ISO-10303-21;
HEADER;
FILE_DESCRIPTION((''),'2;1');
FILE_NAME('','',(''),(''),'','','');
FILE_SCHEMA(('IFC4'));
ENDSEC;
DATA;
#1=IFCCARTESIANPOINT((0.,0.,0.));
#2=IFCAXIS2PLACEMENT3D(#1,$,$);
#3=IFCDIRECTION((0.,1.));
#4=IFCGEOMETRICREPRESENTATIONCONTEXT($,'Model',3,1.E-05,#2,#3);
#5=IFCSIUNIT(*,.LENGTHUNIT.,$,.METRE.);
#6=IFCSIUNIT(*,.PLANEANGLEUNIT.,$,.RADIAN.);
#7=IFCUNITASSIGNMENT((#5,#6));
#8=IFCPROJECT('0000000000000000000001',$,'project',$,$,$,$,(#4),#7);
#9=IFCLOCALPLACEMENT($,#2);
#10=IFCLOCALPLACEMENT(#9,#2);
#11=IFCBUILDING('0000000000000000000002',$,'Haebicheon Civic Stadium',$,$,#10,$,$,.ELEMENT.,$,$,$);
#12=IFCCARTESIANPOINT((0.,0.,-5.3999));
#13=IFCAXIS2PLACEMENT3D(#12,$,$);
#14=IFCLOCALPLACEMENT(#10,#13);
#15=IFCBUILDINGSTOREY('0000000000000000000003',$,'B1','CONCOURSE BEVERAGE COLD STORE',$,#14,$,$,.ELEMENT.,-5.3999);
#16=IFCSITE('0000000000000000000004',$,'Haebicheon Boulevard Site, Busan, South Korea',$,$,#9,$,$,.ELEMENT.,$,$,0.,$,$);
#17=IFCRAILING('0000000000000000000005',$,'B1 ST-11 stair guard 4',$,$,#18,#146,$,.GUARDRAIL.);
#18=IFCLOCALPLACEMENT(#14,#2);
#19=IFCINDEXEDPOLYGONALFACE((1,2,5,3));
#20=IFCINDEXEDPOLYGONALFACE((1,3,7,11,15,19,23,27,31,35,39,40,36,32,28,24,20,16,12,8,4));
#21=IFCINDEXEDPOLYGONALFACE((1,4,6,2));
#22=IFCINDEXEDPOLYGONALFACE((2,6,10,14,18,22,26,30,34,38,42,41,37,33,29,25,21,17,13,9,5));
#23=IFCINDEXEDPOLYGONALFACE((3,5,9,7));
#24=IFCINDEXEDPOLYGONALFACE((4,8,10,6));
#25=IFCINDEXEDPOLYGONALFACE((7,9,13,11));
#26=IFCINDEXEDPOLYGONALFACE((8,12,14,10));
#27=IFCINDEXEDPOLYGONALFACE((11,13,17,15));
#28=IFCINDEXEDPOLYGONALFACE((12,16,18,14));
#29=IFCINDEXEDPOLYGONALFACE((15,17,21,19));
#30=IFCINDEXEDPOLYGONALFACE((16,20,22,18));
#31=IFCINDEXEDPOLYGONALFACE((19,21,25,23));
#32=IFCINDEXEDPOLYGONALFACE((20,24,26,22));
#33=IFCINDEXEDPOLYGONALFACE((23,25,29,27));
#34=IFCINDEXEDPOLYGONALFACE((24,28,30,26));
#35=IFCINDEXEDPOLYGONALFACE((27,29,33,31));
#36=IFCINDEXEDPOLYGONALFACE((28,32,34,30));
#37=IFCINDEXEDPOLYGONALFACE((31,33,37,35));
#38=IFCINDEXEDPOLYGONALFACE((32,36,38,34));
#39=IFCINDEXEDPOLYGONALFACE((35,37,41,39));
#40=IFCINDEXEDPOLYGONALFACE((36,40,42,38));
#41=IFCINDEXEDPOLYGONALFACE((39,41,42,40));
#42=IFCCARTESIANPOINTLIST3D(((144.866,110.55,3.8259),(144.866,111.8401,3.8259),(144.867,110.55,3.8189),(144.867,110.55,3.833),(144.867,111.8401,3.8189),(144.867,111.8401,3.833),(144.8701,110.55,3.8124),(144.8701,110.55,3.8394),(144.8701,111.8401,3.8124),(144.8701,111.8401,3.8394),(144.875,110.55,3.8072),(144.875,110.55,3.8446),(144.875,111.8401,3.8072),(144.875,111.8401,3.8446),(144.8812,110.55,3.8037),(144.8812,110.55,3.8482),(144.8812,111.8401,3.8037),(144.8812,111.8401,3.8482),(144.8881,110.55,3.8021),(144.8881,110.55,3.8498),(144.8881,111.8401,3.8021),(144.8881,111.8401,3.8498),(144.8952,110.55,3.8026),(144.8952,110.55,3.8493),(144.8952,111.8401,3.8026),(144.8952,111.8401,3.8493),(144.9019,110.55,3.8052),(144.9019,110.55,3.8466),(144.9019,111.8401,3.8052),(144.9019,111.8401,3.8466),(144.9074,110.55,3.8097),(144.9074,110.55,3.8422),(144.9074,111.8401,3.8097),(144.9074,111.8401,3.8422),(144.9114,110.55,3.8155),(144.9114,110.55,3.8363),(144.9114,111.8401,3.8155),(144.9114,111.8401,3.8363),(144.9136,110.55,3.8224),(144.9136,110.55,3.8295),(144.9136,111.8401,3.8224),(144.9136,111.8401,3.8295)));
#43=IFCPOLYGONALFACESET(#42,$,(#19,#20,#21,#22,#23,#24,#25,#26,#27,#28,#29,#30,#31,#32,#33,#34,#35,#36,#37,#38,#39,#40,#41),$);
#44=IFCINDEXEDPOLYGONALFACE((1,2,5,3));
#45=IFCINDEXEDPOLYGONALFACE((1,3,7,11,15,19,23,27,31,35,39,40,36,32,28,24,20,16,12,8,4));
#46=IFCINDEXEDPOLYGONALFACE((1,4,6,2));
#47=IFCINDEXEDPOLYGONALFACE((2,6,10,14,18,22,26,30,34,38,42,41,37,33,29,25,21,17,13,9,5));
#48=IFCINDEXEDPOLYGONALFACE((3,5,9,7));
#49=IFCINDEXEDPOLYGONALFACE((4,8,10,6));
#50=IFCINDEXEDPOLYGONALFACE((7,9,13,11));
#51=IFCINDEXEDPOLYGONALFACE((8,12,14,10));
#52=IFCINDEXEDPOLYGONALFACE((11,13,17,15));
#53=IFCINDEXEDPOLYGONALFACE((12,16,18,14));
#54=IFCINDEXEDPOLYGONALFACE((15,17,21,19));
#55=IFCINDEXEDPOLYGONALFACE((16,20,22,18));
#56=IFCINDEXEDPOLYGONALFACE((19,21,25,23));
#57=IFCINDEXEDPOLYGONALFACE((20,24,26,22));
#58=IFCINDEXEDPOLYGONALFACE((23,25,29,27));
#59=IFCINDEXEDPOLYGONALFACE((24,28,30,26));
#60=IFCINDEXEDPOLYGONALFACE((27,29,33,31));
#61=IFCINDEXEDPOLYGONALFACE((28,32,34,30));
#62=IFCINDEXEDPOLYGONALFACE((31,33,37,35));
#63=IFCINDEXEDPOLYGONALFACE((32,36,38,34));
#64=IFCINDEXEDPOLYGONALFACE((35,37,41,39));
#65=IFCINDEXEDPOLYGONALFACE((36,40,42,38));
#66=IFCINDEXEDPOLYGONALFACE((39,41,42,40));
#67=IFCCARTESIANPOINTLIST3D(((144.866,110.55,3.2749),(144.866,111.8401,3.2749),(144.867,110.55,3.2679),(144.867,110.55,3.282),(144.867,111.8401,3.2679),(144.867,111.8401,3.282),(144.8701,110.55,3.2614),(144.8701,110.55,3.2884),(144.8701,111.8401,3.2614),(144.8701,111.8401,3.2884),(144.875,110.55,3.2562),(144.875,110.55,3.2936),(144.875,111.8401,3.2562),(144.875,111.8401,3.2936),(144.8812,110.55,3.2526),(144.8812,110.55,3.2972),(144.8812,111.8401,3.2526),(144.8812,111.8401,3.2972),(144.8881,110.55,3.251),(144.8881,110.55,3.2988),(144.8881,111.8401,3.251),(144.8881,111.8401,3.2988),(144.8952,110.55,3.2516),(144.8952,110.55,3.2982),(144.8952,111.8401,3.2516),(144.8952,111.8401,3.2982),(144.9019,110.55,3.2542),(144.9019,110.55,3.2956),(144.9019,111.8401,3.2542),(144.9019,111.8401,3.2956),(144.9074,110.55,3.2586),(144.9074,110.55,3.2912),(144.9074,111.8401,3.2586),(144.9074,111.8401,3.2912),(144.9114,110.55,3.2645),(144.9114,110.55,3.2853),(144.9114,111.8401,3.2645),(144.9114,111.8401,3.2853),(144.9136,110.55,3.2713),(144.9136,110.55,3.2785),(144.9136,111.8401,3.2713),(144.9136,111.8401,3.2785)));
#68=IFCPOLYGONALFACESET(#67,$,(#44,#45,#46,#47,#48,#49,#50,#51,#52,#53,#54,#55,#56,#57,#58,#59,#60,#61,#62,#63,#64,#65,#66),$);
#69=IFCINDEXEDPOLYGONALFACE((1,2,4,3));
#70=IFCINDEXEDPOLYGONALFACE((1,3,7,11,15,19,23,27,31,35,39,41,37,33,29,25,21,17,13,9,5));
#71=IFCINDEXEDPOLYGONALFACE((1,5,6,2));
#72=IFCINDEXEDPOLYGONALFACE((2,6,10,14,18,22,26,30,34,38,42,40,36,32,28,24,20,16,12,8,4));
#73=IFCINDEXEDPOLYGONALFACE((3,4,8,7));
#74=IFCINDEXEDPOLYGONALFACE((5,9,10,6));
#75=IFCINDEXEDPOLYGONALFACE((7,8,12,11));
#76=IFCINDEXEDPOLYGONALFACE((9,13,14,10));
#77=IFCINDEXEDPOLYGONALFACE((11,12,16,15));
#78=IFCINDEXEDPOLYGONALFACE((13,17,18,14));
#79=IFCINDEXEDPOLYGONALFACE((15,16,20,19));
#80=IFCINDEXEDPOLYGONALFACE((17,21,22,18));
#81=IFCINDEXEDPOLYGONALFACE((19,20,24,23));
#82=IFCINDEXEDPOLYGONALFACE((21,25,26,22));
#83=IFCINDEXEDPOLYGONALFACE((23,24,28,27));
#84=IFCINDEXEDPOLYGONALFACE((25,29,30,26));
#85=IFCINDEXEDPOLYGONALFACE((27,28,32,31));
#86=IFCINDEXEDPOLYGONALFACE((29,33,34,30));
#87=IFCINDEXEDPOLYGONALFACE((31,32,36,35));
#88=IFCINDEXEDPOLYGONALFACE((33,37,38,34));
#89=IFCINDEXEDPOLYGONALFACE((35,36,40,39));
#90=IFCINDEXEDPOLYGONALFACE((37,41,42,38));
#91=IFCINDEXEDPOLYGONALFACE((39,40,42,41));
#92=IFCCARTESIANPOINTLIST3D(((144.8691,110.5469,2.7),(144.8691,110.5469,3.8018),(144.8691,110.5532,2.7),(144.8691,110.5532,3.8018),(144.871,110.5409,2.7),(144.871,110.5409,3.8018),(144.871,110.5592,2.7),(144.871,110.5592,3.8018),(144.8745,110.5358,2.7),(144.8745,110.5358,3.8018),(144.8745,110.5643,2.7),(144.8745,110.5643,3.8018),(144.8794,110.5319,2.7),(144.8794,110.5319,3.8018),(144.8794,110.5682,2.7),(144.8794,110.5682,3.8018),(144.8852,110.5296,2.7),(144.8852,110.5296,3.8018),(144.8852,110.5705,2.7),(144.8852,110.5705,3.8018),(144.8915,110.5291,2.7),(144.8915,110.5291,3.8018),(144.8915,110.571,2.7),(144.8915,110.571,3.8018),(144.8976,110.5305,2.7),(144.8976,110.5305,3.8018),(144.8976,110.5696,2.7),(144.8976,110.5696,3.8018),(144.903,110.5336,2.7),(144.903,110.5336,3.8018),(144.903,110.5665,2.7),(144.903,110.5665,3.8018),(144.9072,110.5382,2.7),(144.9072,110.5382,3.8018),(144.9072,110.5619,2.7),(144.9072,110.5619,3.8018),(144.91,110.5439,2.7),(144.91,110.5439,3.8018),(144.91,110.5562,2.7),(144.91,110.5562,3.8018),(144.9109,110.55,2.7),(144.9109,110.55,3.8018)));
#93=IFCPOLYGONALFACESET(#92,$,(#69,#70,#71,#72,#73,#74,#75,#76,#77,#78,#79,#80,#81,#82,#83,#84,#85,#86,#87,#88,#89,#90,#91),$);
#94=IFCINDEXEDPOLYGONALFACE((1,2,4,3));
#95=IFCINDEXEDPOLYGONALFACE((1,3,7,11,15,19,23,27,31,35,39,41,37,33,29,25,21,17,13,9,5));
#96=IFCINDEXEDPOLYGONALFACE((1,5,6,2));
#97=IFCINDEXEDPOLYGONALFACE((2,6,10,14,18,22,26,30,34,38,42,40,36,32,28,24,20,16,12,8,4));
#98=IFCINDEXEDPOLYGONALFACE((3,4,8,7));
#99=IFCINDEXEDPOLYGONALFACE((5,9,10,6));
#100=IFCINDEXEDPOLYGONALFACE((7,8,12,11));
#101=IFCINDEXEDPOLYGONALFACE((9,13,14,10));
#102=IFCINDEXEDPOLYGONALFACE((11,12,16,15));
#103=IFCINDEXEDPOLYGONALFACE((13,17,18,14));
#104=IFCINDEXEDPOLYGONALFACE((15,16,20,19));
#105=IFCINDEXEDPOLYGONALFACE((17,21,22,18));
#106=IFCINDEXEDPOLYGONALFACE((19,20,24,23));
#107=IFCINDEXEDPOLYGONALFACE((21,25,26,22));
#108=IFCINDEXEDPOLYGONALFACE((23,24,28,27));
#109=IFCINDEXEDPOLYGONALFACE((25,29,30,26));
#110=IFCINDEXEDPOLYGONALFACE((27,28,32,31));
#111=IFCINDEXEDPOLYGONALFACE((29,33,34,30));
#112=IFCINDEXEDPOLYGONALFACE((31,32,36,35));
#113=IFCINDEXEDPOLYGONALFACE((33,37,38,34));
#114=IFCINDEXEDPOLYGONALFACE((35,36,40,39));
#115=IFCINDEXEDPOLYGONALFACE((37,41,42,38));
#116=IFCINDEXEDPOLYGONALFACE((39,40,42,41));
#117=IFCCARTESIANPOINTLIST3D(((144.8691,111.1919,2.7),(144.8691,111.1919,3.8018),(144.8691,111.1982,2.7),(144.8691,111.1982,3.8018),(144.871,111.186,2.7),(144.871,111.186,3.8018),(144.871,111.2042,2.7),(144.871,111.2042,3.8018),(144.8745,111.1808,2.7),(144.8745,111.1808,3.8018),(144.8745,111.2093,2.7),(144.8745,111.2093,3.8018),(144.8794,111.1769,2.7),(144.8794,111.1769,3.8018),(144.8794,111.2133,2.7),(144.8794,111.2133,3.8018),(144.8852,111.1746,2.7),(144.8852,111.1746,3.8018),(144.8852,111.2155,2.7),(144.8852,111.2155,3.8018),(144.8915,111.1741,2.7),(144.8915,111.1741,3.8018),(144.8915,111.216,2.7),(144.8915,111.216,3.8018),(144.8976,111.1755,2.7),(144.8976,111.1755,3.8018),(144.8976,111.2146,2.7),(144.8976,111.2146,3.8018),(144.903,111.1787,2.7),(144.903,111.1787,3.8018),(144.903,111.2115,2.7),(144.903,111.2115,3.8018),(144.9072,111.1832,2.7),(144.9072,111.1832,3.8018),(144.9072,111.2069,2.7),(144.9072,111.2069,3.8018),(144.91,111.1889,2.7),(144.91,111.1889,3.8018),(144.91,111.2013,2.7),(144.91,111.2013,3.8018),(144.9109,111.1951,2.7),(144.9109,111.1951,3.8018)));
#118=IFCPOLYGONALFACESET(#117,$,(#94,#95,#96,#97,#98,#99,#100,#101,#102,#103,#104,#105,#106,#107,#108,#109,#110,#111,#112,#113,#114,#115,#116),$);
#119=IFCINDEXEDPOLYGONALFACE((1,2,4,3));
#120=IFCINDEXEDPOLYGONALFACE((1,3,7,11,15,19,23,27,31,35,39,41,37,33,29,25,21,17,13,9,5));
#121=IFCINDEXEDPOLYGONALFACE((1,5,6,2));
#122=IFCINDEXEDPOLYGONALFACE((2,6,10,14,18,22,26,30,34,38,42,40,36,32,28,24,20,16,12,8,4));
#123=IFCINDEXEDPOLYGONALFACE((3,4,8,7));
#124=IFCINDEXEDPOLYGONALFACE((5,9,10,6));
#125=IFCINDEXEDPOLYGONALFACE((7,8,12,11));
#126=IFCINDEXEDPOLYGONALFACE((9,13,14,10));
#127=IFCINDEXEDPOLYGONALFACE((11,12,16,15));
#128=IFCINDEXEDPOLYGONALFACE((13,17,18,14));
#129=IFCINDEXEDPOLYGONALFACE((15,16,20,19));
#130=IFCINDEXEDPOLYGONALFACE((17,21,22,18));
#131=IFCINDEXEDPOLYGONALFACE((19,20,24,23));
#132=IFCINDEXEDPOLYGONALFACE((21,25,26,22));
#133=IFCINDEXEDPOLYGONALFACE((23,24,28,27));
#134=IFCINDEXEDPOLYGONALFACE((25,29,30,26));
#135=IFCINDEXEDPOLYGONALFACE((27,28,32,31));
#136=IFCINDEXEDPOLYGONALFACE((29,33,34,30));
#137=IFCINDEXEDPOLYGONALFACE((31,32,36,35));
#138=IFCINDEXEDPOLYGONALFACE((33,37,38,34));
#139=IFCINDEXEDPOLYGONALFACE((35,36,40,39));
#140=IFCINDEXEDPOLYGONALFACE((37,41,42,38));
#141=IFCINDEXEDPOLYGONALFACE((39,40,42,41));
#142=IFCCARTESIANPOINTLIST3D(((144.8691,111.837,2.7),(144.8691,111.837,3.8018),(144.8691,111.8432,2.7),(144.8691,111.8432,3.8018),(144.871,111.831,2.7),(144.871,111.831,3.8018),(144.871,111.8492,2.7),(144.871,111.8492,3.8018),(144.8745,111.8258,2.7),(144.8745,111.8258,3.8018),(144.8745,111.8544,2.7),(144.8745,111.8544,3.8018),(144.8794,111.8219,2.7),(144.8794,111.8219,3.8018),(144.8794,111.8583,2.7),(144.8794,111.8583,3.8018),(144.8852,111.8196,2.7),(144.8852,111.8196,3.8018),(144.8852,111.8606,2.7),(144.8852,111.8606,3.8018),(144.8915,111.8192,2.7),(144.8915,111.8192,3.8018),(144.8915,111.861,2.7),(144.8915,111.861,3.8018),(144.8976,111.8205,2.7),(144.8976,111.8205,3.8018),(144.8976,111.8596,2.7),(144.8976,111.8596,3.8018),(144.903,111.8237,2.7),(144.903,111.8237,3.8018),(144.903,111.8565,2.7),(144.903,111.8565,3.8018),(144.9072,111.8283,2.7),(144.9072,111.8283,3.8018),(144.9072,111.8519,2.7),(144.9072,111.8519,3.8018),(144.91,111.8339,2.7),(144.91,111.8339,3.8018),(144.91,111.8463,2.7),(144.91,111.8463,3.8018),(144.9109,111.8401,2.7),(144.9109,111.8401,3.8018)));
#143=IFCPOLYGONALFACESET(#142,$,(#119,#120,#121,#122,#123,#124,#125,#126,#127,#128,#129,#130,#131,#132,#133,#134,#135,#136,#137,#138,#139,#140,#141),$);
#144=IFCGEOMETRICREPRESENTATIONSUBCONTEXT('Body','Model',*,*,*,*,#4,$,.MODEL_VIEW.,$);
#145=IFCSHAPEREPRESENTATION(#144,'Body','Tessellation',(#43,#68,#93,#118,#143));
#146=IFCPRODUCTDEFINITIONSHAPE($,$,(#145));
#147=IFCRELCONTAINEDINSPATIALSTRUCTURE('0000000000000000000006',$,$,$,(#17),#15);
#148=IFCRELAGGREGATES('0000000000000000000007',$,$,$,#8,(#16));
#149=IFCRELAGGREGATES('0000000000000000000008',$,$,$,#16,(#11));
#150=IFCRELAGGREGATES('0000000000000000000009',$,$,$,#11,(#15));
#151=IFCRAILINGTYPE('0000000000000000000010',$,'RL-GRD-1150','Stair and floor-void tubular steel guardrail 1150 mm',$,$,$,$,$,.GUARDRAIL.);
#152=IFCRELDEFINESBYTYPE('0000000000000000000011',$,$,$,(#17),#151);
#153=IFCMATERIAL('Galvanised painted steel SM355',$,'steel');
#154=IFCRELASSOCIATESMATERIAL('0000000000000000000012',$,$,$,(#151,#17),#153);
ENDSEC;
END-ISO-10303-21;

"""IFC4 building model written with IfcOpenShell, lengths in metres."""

from ifc_helpers import new_model, si_unit, direction, frame, origin, origin_2d, place, context, subcontext, project, spatial, circle, extrude, material, type_object, element, save


model = new_model("IFC4")

# Units and contexts
model_context = context("Model", 3, precision=1e-05, world=origin(), true_north=direction((0.0, 1.0)))
body_context = subcontext(model_context, "Body", "Model", "MODEL_VIEW")
ifc_project = project(units=[si_unit("LENGTHUNIT", "METRE"), si_unit("PLANEANGLEUNIT", "RADIAN")], contexts=[model_context])

# Site, building, storey
site_placement = place(None, origin())
site = spatial("IfcSite", under=ifc_project, at=site_placement, Name="Haebicheon Boulevard Site, Busan, South Korea", CompositionType="ELEMENT", RefElevation=0.0)
building_placement = place(site_placement, origin())
building = spatial("IfcBuilding", under=site, at=building_placement, Name="Haebicheon Civic Stadium", CompositionType="ELEMENT")
storey_placement = place(building_placement, frame((0.0, 0.0, -5.3999)))
storey = spatial("IfcBuildingStorey", under=building, at=storey_placement, Name="B1", Description="CONCOURSE BEVERAGE COLD STORE", CompositionType="ELEMENT", Elevation=-5.3999)

# Railing
ifc_material_1 = material(Name="Galvanised painted steel SM355", Category="steel")
railing_type_1 = type_object("IfcRailingType", Name="RL-GRD-1150", Description="Stair and floor-void tubular steel guardrail 1150 mm", PredefinedType="GUARDRAIL", material=ifc_material_1)
railing_1_placement = place(storey_placement, frame((144.8899, 110.55, 2.7)))
element("IfcRailing", 1, at=railing_1_placement, inside=storey, type_object=railing_type_1, material=ifc_material_1, Name="B1 ST-11 stair guard 4", PredefinedType="GUARDRAIL", context=body_context, shape_type="SweptSolid", body=[
    extrude(circle(Radius=0.0239, at=origin_2d()), frame((0.0, 0.0, 1.126), z_axis=(0.0, 1.0, 0.0), x_axis=(-1.0, 0.0, 0.0)), (0.0, 0.0, 1.0), 1.29),
    extrude(circle(Radius=0.0239, at=origin_2d()), frame((0.0, 0.0, 0.575), z_axis=(0.0, 1.0, 0.0), x_axis=(-1.0, 0.0, 0.0)), (0.0, 0.0, 1.0), 1.29),
    extrude(circle(Radius=0.021, at=origin_2d()), origin(), (0.0, 0.0, 1.0), 1.1018),
    extrude(circle(Radius=0.021, at=origin_2d()), frame((0.0, 0.645, 0.0)), (0.0, 0.0, 1.0), 1.1018),
    extrude(circle(Radius=0.021, at=origin_2d()), frame((0.0, 1.29, 0.0)), (0.0, 0.0, 1.0), 1.1018),
])

save(model, "model.ifc")
